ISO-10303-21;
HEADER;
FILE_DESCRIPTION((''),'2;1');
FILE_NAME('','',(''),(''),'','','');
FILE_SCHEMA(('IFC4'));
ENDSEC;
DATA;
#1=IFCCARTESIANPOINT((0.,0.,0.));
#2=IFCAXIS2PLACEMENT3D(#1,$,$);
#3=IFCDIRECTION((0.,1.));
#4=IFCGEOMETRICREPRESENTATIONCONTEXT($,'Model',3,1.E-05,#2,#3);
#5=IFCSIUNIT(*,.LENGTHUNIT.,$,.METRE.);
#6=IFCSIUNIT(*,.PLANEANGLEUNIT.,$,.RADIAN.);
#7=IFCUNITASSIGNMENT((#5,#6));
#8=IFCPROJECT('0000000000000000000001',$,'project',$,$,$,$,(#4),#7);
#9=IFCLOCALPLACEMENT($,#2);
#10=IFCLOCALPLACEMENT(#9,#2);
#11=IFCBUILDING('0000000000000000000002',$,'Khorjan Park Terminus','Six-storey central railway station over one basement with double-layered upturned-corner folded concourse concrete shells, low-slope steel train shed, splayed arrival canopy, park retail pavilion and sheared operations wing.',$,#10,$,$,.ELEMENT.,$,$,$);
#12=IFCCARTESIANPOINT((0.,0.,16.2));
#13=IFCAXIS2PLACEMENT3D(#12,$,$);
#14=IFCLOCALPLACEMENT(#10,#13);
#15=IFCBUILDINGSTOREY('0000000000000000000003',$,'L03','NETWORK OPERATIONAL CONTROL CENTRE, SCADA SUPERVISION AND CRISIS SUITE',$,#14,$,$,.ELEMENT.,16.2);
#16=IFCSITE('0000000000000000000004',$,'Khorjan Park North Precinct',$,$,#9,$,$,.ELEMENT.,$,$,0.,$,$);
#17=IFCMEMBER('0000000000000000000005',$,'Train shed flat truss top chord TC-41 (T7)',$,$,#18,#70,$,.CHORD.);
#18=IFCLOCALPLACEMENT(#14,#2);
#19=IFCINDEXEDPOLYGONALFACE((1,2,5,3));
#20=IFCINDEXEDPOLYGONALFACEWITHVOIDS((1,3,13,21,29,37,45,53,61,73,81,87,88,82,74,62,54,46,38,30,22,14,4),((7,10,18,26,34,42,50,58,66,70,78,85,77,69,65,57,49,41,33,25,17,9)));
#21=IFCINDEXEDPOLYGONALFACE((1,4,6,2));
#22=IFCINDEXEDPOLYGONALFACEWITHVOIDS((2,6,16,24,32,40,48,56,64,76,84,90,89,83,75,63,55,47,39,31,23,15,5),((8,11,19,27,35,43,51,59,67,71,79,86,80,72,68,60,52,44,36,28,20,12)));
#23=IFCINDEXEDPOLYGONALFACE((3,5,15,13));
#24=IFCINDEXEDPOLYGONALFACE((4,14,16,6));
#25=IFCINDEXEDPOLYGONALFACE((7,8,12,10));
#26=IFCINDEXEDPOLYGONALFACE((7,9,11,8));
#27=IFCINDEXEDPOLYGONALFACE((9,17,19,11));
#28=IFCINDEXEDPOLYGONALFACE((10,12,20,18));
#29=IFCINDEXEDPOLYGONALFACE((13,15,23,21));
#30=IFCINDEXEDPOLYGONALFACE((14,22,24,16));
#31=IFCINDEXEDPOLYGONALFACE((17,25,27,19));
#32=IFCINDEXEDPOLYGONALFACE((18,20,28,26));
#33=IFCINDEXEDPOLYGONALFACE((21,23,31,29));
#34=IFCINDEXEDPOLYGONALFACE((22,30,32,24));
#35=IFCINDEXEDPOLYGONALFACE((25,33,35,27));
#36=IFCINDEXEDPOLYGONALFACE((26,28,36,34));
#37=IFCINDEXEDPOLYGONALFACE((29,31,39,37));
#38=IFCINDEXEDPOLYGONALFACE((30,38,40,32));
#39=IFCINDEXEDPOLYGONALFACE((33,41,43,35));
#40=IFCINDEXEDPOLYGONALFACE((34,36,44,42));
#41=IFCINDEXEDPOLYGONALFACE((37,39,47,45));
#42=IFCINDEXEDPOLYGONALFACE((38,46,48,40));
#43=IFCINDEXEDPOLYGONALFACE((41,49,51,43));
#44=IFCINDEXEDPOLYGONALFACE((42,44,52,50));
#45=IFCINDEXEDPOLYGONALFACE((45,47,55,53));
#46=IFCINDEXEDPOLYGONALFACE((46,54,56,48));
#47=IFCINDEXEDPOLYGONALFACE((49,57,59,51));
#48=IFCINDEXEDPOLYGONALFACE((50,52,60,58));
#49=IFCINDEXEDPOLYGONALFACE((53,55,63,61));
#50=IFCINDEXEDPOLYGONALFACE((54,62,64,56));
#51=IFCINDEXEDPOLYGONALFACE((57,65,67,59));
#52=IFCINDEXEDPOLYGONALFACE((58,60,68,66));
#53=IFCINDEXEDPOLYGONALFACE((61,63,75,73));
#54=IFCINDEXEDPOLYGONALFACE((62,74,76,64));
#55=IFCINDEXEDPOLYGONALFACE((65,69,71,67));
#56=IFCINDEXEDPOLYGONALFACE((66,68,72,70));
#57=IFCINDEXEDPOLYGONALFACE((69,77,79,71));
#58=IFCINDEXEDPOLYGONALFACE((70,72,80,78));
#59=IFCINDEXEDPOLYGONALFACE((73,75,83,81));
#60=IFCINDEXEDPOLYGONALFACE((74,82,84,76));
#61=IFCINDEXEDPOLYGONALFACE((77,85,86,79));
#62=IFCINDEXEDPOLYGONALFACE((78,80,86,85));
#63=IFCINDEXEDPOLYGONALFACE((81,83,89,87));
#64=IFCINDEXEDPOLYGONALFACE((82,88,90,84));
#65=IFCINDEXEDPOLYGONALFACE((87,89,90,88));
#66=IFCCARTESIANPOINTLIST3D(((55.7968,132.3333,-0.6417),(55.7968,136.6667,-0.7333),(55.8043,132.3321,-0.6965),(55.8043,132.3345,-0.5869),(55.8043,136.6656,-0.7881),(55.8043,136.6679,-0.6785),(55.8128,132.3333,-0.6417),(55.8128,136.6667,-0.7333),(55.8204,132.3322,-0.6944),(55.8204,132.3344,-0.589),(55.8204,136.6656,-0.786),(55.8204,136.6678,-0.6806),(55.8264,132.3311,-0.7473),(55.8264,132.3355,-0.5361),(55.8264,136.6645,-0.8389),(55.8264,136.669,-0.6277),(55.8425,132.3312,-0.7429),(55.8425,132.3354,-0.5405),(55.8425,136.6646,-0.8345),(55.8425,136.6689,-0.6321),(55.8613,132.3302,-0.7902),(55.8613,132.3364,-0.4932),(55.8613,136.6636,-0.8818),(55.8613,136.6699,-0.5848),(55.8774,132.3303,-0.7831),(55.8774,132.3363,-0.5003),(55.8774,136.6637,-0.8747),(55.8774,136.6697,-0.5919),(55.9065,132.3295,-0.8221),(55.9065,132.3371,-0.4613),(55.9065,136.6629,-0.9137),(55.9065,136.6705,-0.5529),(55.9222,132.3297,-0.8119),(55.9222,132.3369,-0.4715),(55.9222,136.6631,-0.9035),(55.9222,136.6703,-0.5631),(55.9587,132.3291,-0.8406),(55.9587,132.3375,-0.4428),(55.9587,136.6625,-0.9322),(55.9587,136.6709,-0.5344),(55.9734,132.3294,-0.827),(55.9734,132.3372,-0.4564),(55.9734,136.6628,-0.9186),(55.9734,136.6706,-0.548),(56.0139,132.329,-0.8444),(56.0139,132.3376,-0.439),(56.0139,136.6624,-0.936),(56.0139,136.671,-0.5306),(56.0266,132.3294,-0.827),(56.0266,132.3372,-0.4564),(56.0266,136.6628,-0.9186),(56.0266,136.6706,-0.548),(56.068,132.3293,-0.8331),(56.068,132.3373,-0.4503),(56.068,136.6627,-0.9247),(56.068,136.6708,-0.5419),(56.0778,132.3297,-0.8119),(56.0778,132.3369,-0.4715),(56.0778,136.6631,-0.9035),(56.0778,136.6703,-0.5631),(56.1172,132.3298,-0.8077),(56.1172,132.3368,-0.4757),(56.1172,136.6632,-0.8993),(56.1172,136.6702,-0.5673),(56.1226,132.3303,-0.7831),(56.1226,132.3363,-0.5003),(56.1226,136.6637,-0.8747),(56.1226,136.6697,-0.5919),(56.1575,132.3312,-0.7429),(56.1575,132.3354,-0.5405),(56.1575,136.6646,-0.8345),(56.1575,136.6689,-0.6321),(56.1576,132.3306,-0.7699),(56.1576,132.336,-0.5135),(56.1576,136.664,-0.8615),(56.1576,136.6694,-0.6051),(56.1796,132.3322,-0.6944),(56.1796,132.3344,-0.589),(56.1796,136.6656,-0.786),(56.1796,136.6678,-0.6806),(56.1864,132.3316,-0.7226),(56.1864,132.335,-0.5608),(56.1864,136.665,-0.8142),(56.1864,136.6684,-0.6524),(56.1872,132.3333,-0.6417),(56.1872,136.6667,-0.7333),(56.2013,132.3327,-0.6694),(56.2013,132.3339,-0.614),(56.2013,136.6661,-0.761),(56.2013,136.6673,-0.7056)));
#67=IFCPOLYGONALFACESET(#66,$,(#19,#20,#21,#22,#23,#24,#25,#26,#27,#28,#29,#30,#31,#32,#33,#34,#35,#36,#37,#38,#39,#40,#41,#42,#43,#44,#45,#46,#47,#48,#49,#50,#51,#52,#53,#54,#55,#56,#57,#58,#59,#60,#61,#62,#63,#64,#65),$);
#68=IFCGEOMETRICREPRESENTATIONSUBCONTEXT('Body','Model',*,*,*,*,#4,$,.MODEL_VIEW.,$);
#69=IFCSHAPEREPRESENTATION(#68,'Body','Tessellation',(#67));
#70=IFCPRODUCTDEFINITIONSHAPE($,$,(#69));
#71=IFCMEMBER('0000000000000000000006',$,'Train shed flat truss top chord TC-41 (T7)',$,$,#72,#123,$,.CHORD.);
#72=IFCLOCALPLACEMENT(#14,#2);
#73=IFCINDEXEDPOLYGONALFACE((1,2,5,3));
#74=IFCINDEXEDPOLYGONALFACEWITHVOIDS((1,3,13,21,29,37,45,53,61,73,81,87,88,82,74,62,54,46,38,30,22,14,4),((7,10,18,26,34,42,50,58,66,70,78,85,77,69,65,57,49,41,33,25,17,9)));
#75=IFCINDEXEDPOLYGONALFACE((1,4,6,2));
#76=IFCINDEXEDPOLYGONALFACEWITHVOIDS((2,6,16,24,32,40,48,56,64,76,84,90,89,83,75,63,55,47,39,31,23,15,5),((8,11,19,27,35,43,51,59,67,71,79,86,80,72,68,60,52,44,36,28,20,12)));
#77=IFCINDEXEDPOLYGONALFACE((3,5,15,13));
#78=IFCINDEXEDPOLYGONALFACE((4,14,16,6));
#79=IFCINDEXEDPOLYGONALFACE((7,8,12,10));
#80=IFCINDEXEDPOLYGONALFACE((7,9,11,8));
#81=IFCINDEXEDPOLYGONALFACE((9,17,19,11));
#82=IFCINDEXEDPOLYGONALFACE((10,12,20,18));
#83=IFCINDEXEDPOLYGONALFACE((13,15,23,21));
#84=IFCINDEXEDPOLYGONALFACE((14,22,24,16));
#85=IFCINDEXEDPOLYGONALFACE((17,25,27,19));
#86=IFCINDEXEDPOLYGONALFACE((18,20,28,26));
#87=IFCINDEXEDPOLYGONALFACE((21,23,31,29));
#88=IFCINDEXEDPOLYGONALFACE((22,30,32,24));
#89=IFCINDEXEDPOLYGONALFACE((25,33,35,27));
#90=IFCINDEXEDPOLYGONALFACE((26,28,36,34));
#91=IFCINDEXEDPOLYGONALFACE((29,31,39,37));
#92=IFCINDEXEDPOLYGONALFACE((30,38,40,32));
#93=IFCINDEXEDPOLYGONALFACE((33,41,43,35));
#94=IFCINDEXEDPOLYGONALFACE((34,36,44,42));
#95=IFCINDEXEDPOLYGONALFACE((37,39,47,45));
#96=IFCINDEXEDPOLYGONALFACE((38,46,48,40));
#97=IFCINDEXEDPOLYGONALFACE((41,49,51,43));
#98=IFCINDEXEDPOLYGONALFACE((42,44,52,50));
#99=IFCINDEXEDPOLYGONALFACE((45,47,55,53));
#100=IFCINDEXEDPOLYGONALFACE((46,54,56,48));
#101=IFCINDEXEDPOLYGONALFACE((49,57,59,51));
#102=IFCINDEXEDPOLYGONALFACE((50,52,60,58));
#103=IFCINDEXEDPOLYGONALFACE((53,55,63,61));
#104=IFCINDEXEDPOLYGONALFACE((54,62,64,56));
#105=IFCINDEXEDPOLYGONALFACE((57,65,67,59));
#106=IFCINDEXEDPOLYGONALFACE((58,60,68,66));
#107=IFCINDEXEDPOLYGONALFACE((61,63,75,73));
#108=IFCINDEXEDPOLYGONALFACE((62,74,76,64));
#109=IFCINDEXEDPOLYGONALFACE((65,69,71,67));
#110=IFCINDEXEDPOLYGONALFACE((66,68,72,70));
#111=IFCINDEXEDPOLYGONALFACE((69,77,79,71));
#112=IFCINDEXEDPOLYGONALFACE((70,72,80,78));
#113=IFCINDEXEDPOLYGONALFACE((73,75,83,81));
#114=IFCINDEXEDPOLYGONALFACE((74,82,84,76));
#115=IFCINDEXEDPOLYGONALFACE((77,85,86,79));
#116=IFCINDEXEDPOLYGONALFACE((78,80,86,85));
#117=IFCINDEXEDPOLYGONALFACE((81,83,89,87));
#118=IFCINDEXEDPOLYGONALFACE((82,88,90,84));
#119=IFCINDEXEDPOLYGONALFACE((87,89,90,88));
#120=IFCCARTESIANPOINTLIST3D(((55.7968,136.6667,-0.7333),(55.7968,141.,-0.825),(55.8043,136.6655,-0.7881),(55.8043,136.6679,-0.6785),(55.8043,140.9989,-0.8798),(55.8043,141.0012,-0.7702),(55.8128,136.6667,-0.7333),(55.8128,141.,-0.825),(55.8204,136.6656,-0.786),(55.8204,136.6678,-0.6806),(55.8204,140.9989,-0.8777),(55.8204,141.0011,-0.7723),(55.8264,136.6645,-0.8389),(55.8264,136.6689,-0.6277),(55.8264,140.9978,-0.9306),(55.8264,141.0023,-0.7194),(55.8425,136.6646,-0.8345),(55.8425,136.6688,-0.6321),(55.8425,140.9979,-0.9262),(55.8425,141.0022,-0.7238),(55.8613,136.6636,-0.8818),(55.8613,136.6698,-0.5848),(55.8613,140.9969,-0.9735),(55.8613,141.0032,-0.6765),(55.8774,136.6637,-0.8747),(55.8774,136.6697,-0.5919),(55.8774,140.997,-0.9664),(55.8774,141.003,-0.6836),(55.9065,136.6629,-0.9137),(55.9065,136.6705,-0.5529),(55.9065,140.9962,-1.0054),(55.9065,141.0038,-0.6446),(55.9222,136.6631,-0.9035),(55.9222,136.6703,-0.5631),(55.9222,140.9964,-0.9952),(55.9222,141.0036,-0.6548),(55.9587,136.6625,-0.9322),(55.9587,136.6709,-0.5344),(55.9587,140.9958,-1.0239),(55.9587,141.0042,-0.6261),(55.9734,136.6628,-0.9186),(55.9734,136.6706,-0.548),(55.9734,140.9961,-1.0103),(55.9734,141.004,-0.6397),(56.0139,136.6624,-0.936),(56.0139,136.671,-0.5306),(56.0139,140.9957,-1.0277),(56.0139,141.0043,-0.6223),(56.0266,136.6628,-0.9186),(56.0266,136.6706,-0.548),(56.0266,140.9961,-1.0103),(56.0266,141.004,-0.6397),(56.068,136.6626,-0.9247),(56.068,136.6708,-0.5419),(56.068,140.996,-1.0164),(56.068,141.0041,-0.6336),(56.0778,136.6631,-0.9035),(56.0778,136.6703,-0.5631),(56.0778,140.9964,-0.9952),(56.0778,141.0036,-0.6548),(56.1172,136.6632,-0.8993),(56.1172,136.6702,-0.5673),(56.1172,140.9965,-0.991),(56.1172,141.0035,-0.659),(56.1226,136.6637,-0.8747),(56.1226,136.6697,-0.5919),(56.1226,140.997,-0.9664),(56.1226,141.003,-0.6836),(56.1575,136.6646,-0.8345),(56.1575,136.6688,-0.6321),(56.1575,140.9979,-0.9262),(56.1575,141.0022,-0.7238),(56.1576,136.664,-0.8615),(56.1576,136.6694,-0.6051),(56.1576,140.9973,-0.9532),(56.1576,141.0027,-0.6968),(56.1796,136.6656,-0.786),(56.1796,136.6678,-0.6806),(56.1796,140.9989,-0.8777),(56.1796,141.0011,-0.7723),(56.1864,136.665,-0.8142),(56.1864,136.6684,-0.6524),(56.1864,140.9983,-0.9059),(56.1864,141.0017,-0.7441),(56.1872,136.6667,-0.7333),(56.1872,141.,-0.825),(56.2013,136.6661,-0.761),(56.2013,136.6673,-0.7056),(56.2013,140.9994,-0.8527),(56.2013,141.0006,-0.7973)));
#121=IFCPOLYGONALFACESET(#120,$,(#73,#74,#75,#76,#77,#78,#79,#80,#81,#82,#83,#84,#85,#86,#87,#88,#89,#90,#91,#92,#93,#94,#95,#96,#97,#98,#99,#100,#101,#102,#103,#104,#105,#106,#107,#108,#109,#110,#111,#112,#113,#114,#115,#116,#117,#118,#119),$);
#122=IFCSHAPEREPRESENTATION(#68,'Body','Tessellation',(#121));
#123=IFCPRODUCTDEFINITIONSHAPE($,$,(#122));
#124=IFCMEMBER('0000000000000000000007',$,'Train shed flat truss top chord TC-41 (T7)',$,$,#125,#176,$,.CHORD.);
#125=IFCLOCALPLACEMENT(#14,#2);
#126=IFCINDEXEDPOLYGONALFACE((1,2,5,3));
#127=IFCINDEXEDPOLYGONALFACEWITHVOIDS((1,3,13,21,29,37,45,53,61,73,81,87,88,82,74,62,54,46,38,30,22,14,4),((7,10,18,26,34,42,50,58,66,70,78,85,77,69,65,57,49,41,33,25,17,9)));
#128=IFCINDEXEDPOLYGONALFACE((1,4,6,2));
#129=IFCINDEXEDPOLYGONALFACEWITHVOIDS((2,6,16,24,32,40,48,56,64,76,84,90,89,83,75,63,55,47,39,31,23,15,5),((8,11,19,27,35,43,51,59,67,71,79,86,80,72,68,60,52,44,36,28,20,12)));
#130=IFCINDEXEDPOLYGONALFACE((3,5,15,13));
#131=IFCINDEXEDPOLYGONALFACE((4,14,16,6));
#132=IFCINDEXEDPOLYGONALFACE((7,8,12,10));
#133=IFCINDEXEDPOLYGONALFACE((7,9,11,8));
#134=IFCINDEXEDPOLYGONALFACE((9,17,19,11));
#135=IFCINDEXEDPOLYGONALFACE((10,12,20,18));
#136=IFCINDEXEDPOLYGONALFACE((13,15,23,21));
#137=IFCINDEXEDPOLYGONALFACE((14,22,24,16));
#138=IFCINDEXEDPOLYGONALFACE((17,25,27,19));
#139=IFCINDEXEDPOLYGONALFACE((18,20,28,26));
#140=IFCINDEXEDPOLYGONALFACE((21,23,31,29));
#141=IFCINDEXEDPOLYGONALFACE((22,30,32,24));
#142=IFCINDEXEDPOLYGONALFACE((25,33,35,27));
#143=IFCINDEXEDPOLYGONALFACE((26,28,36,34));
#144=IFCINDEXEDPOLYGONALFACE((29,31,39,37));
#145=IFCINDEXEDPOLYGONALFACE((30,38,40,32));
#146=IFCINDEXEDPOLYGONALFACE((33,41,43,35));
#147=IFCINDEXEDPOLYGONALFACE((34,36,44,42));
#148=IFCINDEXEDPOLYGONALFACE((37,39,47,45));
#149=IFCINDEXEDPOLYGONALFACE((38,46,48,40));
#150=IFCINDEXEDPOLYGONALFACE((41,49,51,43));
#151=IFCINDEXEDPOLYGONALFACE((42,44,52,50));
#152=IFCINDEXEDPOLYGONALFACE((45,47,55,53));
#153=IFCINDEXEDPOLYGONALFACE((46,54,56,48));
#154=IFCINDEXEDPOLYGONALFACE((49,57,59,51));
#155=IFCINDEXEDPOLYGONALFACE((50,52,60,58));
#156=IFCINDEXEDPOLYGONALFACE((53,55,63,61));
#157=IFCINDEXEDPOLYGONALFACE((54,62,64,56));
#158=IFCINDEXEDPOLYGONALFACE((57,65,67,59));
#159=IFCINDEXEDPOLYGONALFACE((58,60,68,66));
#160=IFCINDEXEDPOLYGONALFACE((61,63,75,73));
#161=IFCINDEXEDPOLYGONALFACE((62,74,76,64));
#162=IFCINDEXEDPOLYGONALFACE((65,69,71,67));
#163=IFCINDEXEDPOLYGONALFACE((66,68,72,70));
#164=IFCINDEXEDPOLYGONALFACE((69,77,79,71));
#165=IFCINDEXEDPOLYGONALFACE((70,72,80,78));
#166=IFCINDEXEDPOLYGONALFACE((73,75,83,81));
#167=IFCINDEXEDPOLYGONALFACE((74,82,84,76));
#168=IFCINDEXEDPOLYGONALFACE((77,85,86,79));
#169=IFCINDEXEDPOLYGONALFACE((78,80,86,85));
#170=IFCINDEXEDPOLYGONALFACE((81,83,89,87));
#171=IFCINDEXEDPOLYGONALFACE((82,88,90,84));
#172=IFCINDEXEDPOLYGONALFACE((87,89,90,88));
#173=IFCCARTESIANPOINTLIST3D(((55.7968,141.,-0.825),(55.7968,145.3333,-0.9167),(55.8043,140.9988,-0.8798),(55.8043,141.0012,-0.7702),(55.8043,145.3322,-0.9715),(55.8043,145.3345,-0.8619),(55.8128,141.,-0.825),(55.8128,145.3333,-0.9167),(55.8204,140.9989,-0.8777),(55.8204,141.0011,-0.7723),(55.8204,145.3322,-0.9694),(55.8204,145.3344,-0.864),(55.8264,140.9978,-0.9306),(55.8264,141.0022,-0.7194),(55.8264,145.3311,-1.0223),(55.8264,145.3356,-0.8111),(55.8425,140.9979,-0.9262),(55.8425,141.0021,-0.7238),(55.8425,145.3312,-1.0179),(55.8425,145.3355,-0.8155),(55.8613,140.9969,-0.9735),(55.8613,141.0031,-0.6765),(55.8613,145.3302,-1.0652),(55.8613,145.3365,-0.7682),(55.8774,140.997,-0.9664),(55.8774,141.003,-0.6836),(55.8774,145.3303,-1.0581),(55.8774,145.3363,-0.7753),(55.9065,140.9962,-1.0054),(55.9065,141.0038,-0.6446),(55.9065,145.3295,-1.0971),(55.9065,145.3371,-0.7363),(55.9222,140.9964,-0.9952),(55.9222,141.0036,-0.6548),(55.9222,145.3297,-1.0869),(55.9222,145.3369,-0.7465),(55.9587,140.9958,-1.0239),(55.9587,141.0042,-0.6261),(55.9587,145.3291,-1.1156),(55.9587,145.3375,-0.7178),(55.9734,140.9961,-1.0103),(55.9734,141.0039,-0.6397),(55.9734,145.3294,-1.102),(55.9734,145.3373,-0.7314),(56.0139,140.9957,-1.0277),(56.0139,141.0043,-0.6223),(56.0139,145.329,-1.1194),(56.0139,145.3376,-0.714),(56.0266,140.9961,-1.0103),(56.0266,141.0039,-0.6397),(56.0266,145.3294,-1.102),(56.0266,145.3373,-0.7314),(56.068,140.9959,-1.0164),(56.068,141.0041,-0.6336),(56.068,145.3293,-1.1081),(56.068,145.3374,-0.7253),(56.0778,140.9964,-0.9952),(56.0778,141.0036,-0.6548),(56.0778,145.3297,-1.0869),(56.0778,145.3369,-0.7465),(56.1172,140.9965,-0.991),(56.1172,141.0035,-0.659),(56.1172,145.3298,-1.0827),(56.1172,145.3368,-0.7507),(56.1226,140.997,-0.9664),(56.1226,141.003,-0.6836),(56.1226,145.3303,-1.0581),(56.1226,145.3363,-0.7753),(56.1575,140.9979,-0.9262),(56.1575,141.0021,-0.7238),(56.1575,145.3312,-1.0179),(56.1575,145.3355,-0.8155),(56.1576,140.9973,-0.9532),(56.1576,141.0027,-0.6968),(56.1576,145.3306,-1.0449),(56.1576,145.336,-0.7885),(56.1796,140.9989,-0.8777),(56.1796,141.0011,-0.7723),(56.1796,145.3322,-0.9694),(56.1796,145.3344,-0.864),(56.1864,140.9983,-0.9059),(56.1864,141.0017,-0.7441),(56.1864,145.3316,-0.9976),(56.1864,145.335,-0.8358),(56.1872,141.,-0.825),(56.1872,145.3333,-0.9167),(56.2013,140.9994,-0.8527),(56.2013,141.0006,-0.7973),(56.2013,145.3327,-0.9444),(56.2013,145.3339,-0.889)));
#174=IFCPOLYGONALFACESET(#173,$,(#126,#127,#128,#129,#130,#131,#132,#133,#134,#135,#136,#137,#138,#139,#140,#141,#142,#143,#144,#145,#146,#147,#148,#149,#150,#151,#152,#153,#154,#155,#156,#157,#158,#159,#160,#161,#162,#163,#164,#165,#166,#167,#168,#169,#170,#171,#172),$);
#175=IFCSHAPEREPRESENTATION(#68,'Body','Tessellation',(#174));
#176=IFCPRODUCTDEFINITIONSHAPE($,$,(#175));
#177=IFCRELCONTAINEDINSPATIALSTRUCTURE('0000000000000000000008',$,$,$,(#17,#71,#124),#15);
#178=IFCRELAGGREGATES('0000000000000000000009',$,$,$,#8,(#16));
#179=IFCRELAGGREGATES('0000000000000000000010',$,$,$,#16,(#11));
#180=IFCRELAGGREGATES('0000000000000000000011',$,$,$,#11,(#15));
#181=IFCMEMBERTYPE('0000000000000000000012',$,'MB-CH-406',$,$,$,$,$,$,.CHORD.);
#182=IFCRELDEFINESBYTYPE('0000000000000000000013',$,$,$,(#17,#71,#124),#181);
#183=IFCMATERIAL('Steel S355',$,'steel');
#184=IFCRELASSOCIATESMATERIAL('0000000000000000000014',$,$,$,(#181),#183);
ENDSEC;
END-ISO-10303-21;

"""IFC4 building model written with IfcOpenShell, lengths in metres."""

from ifc_helpers import new_model, si_unit, direction, frame, origin, origin_2d, place, context, subcontext, project, spatial, hollow_circle, extrude, material, material_profile, profile_set, type_object, element, save


model = new_model("IFC4")

# Units and contexts
model_context = context("Model", 3, precision=1e-05, world=origin(), true_north=direction((0.0, 1.0)))
body_context = subcontext(model_context, "Body", "Model", "MODEL_VIEW")
ifc_project = project(units=[si_unit("LENGTHUNIT", "METRE"), si_unit("PLANEANGLEUNIT", "RADIAN")], contexts=[model_context])

# Site, building, storey
site_placement = place(None, origin())
site = spatial("IfcSite", under=ifc_project, at=site_placement, Name="Khorjan Park North Precinct", CompositionType="ELEMENT", RefElevation=0.0)
building_placement = place(site_placement, origin())
building = spatial("IfcBuilding", under=site, at=building_placement, Name="Khorjan Park Terminus", Description="Six-storey central railway station over one basement with double-layered upturned-corner folded concourse concrete shells, low-slope steel train shed, splayed arrival canopy, park retail pavilion and sheared operations wing.", CompositionType="ELEMENT")
storey_placement = place(building_placement, frame((0.0, 0.0, 16.2)))
storey = spatial("IfcBuildingStorey", under=building, at=storey_placement, Name="L03", Description="NETWORK OPERATIONAL CONTROL CENTRE, SCADA SUPERVISION AND CRISIS SUITE", CompositionType="ELEMENT", Elevation=16.2)

# Members
ifc_material_1 = material(Name="Steel S355", Category="steel")
ifc_material_profile_1 = material_profile(ifc_material_1, hollow_circle(Radius=0.2032, WallThickness=0.016, at=origin_2d()), Name="CHS 406.4x16")
ifc_profile_set_1 = profile_set([ifc_material_profile_1], Name="Steel S355")
member_type_1 = type_object("IfcMemberType", Name="MB-CH-406", PredefinedType="CHORD", material=ifc_profile_set_1)
member_1_placement = place(storey_placement, frame((56.0, 132.3333, -0.6417), z_axis=(0.0, 0.999777, -0.021133), x_axis=(-1.0, 0.0, 0.0)))
element("IfcMember", 1, at=member_1_placement, inside=storey, type_object=member_type_1, Name="Train shed flat truss top chord TC-41 (T7)", PredefinedType="CHORD", context=body_context, shape_type="SweptSolid", body=[
    extrude(hollow_circle(Radius=0.2032, WallThickness=0.016, at=origin_2d()), origin(), (0.0, 0.0, 1.0), 4.3344),
])
for number, where, z_axis, x_axis, name in (
    (2, (56.0, 136.6667, -0.7333), (0.0, 0.999776, -0.021157), (-1.0, 0.0, 0.0), "Train shed flat truss top chord TC-41 (T7)"),
    (3, (56.0, 141.0, -0.825), (0.0, 0.999776, -0.021157), (-1.0, 0.0, 0.0), "Train shed flat truss top chord TC-41 (T7)"),
):
    element("IfcMember", number, at=place(storey_placement, frame(where, z_axis=z_axis, x_axis=x_axis)), inside=storey, type_object=member_type_1, Name=name, PredefinedType="CHORD", context=body_context, shape_type="SweptSolid", body=[
        extrude(hollow_circle(Radius=0.2032, WallThickness=0.016, at=origin_2d()), origin(), (0.0, 0.0, 1.0), 4.3343),
    ])

save(model, "model.ifc")
